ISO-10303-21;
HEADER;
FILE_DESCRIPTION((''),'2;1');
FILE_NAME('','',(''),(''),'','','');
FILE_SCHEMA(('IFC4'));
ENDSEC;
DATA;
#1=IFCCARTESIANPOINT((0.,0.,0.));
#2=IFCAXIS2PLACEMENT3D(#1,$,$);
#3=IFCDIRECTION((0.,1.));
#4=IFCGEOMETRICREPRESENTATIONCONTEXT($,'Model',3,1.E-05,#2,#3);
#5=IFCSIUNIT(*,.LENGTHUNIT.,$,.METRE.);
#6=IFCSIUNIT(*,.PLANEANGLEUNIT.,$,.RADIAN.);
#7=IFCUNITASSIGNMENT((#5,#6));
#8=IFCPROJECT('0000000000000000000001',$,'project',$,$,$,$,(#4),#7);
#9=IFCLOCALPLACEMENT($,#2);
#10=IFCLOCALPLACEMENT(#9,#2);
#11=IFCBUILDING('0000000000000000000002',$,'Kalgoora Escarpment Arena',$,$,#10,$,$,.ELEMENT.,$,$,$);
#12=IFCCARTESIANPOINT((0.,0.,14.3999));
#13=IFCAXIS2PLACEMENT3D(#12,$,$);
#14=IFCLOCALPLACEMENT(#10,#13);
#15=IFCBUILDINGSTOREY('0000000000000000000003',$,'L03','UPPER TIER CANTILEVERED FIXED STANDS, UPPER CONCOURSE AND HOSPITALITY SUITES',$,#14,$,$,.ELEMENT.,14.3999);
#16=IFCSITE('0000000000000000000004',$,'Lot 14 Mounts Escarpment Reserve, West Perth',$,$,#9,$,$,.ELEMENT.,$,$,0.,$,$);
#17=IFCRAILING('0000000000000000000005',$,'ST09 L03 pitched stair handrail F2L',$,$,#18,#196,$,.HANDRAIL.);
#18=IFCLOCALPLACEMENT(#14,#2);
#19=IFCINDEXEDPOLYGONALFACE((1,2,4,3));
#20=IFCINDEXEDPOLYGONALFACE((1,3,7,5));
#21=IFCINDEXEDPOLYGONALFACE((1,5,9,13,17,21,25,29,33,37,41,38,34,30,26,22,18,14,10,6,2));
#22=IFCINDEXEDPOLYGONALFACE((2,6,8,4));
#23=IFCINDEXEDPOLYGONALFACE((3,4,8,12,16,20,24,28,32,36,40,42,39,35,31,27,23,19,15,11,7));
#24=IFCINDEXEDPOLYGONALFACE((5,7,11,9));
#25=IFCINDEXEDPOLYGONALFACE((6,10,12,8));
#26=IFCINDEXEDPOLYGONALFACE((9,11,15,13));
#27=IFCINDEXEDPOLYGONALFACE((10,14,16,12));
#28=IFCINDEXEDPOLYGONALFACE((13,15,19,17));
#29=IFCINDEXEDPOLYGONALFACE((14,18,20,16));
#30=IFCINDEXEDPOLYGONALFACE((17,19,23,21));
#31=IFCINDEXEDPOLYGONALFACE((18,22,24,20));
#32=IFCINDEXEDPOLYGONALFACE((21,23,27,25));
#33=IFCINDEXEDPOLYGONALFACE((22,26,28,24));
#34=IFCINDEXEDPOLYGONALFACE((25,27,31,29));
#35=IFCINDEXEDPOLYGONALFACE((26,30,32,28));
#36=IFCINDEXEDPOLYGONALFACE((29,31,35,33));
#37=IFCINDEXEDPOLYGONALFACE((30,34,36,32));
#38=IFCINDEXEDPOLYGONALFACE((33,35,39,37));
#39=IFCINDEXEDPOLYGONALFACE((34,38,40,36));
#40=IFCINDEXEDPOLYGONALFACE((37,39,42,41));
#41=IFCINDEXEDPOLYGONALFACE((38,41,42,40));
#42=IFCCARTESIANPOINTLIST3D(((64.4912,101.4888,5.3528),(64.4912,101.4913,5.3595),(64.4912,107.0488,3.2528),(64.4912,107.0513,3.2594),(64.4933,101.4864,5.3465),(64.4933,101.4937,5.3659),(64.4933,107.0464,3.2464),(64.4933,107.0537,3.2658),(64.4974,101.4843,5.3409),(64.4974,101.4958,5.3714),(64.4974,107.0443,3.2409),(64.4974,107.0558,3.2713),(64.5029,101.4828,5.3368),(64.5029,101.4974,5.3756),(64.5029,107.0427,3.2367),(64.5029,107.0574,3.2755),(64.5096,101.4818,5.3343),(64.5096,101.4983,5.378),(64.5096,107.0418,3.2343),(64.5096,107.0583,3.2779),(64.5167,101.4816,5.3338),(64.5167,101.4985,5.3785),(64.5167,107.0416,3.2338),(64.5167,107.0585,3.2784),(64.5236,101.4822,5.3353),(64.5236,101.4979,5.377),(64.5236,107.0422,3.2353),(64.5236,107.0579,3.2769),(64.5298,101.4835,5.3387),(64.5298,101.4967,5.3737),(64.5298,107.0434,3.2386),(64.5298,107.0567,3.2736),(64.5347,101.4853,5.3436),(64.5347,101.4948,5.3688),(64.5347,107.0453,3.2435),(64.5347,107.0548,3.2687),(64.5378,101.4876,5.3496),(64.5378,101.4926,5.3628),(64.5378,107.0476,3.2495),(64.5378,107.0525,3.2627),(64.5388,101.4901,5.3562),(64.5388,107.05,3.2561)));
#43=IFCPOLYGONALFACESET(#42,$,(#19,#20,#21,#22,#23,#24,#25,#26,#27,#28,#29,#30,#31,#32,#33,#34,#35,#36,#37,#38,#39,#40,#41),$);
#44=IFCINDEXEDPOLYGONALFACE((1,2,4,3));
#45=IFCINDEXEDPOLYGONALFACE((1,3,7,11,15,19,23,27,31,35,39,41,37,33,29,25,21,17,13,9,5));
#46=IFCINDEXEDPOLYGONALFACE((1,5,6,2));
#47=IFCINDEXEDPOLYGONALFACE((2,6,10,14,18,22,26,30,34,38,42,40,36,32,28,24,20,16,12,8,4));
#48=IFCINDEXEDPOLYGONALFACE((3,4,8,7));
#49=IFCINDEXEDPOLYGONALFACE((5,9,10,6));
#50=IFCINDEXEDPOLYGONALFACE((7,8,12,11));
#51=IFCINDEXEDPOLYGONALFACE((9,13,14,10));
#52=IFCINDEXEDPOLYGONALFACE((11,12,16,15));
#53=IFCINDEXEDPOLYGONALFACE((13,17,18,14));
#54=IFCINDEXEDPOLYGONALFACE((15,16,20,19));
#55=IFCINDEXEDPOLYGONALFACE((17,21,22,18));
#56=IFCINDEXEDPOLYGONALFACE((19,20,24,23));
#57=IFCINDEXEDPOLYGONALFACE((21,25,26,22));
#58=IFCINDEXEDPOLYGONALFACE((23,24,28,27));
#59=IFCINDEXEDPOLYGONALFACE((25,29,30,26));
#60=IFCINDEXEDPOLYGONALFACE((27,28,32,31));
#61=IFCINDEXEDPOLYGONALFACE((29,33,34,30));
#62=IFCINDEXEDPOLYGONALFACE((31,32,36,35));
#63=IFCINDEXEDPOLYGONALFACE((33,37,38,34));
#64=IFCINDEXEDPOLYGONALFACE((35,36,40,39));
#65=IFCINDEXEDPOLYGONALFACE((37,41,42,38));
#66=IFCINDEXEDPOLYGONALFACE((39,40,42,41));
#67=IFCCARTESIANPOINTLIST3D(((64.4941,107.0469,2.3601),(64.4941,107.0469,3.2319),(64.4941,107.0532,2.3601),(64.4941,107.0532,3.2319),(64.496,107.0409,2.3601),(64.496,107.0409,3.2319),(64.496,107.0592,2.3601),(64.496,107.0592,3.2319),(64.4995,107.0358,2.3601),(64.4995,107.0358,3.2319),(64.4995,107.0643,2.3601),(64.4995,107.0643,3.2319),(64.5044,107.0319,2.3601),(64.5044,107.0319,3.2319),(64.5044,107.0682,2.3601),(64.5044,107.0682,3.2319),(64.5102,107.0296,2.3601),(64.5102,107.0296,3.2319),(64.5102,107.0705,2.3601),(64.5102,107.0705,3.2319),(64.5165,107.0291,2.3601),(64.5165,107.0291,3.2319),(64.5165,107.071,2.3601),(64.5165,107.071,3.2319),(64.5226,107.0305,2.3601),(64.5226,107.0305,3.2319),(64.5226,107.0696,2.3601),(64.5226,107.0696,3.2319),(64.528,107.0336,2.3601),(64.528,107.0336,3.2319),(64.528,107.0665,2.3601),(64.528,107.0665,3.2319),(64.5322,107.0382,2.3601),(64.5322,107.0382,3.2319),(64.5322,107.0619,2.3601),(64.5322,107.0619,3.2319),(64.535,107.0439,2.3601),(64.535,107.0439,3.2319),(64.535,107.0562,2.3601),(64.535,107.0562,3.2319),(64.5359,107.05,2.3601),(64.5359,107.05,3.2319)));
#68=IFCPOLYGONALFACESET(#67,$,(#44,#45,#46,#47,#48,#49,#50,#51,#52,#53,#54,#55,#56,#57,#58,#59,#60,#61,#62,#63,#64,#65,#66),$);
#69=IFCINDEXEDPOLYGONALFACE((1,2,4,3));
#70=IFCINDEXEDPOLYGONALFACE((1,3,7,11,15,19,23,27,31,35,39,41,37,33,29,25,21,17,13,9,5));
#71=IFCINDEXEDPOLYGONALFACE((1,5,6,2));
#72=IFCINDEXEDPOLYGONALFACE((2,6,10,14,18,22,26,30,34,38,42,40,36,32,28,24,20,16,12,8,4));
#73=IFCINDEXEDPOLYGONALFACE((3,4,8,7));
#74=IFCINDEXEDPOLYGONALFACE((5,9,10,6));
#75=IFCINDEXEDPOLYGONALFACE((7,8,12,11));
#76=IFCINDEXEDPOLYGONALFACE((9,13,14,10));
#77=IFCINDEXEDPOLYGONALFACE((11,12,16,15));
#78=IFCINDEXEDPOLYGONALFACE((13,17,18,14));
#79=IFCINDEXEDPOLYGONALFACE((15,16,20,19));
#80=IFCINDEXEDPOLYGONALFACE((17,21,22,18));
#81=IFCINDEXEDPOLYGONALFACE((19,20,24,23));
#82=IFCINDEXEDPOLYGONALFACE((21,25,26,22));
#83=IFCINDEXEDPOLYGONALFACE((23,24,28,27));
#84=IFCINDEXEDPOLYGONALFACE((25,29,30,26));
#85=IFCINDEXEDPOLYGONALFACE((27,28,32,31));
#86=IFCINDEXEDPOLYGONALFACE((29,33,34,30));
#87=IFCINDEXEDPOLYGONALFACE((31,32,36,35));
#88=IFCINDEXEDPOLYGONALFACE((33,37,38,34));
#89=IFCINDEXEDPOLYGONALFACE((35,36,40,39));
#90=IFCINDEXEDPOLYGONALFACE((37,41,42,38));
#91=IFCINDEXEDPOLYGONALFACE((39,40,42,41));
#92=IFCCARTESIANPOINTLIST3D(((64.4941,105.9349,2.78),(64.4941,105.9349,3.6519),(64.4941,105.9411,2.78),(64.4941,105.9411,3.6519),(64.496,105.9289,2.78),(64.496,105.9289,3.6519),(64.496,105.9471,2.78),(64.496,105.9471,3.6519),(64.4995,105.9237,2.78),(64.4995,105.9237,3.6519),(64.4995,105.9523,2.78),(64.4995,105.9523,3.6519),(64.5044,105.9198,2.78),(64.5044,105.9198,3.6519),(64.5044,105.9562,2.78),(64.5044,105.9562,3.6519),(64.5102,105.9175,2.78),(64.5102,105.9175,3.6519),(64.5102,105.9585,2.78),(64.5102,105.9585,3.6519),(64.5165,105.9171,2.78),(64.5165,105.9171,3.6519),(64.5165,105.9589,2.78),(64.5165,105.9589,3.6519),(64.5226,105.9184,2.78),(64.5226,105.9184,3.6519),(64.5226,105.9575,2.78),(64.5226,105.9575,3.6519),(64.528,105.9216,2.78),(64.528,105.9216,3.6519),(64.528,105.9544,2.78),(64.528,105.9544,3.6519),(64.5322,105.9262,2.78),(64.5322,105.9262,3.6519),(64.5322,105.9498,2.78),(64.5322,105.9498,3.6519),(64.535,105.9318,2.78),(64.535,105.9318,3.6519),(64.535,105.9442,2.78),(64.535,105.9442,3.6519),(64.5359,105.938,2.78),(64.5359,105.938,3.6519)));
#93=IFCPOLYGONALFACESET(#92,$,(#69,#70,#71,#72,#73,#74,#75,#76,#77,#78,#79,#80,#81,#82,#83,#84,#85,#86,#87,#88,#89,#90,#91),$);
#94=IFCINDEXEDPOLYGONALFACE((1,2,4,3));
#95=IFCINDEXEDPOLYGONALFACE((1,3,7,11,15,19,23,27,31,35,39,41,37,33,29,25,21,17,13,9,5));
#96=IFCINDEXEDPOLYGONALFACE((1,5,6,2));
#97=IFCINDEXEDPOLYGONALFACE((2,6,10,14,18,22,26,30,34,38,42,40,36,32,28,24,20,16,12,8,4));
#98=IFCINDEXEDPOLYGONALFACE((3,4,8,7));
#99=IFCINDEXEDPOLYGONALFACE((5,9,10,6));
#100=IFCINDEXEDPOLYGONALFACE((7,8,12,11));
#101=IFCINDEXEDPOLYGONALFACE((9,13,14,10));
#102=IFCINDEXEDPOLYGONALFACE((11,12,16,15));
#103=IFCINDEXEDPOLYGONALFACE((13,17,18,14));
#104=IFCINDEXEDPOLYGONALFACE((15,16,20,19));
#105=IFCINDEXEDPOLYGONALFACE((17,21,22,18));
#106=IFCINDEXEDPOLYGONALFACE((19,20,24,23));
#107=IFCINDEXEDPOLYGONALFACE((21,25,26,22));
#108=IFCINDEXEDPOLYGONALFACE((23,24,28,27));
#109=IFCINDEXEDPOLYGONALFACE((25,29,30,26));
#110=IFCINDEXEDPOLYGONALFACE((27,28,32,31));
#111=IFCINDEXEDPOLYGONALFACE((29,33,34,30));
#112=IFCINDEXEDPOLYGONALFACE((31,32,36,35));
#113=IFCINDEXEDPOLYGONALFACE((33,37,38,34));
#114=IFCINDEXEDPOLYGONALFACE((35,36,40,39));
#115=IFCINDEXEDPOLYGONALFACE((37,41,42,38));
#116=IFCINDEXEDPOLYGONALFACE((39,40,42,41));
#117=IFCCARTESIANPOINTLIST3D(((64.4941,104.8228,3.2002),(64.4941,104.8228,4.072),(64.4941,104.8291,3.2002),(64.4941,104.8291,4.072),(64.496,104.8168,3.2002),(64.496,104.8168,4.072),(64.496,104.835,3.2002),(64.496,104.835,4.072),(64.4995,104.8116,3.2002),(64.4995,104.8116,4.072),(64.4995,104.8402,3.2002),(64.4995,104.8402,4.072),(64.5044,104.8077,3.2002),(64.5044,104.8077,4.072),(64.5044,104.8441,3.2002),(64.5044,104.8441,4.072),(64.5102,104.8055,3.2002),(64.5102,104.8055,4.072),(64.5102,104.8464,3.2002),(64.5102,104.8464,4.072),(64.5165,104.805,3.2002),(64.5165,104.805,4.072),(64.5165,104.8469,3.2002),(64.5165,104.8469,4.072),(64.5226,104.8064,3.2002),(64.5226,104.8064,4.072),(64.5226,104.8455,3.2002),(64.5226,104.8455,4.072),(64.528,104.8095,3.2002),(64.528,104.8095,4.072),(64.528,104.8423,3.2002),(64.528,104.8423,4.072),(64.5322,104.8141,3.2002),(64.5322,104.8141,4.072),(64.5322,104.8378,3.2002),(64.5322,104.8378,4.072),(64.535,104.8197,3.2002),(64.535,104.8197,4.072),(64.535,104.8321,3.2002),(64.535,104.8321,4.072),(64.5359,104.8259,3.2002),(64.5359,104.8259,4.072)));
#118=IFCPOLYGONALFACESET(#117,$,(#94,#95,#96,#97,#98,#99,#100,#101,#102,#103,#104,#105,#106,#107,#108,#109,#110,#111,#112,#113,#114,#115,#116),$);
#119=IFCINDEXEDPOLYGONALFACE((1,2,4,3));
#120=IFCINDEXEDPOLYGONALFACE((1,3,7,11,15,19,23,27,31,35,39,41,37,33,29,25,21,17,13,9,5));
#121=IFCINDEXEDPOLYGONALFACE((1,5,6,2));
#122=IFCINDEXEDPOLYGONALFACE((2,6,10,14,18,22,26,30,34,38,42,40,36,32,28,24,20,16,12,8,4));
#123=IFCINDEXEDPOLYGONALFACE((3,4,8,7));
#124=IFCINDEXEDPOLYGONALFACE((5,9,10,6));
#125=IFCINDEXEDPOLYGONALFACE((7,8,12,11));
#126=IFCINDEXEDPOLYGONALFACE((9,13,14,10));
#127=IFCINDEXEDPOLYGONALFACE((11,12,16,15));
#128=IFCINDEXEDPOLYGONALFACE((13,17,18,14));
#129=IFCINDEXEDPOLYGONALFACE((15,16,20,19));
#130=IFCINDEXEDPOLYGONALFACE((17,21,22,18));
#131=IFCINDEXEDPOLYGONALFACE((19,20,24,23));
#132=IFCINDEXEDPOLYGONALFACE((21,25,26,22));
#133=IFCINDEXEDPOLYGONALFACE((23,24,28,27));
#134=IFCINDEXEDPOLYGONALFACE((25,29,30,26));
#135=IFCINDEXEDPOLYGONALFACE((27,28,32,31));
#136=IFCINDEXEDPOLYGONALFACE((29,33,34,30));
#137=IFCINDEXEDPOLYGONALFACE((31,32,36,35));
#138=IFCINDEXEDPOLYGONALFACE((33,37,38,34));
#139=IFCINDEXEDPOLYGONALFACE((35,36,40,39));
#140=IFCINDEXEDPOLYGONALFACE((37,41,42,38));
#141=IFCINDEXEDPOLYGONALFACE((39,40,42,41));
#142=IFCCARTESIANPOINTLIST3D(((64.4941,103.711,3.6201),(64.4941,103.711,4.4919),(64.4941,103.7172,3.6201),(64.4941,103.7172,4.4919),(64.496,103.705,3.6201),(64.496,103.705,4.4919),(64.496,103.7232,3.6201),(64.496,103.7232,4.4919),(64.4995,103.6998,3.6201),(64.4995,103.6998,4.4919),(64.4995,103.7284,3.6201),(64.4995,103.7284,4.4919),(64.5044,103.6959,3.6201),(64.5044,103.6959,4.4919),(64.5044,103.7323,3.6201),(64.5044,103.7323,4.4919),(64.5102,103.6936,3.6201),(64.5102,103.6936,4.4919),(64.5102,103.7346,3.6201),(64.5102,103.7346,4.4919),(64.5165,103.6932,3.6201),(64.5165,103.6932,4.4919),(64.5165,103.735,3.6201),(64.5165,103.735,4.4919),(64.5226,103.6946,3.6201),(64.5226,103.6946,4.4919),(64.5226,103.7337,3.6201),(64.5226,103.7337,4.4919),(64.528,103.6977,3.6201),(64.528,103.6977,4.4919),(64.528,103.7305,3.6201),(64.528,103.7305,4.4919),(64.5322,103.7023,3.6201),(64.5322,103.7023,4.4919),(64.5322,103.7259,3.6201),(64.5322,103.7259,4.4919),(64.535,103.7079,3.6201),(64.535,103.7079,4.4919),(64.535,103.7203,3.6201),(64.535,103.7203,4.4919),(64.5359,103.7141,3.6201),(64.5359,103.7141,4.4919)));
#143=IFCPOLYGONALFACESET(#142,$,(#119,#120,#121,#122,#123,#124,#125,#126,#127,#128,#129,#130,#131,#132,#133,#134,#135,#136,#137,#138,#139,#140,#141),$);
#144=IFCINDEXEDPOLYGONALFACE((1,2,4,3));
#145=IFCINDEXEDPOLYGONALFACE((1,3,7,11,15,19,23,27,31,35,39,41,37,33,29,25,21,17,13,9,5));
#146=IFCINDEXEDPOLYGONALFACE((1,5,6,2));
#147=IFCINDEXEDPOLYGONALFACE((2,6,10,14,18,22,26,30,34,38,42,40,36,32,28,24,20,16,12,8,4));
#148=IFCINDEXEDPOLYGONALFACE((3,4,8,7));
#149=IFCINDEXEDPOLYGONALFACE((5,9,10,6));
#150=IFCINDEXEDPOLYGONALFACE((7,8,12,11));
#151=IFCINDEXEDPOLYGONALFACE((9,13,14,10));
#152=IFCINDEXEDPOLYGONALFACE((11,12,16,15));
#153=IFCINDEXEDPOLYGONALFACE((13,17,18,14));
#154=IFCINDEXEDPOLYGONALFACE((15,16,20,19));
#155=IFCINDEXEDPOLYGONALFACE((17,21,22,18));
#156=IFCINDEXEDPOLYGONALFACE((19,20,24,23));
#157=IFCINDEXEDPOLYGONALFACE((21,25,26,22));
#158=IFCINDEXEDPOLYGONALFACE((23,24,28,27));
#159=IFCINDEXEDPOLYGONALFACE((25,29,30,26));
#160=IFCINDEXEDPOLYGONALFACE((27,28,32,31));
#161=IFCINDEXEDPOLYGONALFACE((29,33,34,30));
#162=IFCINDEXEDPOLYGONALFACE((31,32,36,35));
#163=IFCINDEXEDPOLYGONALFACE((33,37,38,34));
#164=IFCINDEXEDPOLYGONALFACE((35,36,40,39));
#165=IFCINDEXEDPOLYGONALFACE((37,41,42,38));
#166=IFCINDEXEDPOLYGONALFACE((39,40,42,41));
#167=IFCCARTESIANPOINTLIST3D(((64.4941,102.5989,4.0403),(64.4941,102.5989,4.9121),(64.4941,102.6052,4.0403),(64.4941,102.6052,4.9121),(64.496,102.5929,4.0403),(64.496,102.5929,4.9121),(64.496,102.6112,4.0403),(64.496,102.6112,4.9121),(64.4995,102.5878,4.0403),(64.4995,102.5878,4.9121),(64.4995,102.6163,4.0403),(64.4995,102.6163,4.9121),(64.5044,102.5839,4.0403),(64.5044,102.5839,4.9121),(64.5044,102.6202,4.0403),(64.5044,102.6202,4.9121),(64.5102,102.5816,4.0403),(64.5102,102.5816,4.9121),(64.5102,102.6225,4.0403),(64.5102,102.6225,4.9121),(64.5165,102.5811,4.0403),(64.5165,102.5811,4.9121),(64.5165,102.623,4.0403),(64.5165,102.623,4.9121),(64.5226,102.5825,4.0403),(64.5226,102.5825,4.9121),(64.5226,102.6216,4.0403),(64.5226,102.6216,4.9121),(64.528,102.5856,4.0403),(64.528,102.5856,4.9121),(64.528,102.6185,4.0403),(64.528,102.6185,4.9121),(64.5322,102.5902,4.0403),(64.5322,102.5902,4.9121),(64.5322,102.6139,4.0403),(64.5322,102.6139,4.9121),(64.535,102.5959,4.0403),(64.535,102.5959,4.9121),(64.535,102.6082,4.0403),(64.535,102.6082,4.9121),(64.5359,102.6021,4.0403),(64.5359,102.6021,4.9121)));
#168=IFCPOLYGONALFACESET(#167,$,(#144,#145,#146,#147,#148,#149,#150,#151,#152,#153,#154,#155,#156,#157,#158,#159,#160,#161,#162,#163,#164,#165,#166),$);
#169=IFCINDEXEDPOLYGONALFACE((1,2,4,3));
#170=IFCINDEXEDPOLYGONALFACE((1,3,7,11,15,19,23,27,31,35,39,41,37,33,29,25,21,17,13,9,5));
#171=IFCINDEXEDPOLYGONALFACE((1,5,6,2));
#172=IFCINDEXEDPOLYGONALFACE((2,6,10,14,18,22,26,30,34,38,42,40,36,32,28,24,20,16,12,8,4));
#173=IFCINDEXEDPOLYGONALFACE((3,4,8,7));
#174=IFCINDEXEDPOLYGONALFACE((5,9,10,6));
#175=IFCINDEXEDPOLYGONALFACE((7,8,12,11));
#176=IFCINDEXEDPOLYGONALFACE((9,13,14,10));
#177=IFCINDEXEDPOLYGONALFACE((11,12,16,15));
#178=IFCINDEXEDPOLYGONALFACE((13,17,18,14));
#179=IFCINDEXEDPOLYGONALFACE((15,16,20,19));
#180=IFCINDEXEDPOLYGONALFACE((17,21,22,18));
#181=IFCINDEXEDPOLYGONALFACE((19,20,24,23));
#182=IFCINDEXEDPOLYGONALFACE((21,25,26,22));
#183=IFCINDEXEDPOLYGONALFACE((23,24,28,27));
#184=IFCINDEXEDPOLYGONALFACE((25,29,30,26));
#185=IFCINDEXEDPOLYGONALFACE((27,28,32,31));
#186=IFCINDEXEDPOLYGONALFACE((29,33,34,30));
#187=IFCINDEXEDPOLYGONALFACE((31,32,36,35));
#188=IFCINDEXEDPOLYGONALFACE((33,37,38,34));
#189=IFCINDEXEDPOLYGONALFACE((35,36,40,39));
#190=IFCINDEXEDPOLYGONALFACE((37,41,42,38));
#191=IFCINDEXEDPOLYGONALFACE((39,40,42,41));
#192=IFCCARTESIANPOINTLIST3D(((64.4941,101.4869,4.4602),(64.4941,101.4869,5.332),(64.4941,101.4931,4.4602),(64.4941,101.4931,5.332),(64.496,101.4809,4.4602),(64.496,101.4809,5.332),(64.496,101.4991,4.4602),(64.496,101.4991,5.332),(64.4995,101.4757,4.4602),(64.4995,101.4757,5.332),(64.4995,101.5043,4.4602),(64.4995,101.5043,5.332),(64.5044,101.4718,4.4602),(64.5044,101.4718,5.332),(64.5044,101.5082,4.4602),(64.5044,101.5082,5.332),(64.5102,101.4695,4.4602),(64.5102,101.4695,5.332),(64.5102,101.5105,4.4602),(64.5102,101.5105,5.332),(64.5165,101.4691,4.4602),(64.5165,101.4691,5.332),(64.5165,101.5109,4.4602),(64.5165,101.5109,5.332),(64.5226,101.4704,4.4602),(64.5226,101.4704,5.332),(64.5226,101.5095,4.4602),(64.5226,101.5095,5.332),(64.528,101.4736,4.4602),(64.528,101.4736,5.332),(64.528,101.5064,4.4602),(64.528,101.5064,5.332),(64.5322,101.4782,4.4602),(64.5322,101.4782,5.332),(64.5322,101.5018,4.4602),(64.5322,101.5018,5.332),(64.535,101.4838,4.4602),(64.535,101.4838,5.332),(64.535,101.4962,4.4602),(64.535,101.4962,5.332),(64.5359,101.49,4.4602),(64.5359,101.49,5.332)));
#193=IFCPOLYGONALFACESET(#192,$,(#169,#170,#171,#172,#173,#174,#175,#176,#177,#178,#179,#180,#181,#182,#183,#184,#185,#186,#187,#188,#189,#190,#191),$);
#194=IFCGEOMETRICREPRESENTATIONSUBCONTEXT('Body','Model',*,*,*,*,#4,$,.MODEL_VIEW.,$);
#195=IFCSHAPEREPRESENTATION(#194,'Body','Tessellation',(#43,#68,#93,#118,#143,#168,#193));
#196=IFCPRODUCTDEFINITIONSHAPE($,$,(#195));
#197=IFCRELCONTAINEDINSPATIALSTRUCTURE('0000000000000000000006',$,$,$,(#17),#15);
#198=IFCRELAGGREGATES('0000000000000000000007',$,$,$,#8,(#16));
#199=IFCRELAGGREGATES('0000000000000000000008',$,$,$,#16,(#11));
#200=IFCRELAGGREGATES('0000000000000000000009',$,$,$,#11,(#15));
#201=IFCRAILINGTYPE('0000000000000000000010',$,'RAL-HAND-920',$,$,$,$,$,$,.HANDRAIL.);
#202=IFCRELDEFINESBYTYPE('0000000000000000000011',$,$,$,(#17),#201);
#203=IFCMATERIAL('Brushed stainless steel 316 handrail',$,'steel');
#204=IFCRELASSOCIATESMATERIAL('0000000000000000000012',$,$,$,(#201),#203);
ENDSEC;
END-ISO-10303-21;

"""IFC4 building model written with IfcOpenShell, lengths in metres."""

from ifc_helpers import new_model, si_unit, direction, frame, origin, origin_2d, place, context, subcontext, project, spatial, circle, extrude, material, type_object, element, save


model = new_model("IFC4")

# Units and contexts
model_context = context("Model", 3, precision=1e-05, world=origin(), true_north=direction((0.0, 1.0)))
body_context = subcontext(model_context, "Body", "Model", "MODEL_VIEW")
ifc_project = project(units=[si_unit("LENGTHUNIT", "METRE"), si_unit("PLANEANGLEUNIT", "RADIAN")], contexts=[model_context])

# Site, building, storey
site_placement = place(None, origin())
site = spatial("IfcSite", under=ifc_project, at=site_placement, Name="Lot 14 Mounts Escarpment Reserve, West Perth", CompositionType="ELEMENT", RefElevation=0.0)
building_placement = place(site_placement, origin())
building = spatial("IfcBuilding", under=site, at=building_placement, Name="Kalgoora Escarpment Arena", CompositionType="ELEMENT")
storey_placement = place(building_placement, frame((0.0, 0.0, 14.3999)))
storey = spatial("IfcBuildingStorey", under=building, at=storey_placement, Name="L03", Description="UPPER TIER CANTILEVERED FIXED STANDS, UPPER CONCOURSE AND HOSPITALITY SUITES", CompositionType="ELEMENT", Elevation=14.3999)

# Railing
ifc_material_1 = material(Name="Brushed stainless steel 316 handrail", Category="steel")
railing_type_1 = type_object("IfcRailingType", Name="RAL-HAND-920", PredefinedType="HANDRAIL", material=ifc_material_1)
for number, where, name in (
    (1, (64.5149, 107.05, 2.3601), "ST09 L03 pitched stair handrail F2L"),
):
    element("IfcRailing", number, at=place(storey_placement, frame(where)), inside=storey, type_object=railing_type_1, Name=name, PredefinedType="HANDRAIL", context=body_context, shape_type="SweptSolid", body=[
        extrude(circle(Radius=0.0239, at=origin_2d()), frame((0.0, 0.0, 0.896), z_axis=(0.0, -0.935493, 0.353346), x_axis=(1.0, 0.0, 0.0)), (0.0, 0.0, 1.0), 5.9434),
        extrude(circle(Radius=0.021, at=origin_2d()), origin(), (0.0, 0.0, 1.0), 0.8718),
        extrude(circle(Radius=0.021, at=origin_2d()), frame((0.0, -1.1121, 0.4199)), (0.0, 0.0, 1.0), 0.8718),
        extrude(circle(Radius=0.021, at=origin_2d()), frame((0.0, -2.2241, 0.8401)), (0.0, 0.0, 1.0), 0.8718),
        extrude(circle(Radius=0.021, at=origin_2d()), frame((0.0, -3.3359, 1.26)), (0.0, 0.0, 1.0), 0.8718),
        extrude(circle(Radius=0.021, at=origin_2d()), frame((0.0, -4.448, 1.6802)), (0.0, 0.0, 1.0), 0.8718),
        extrude(circle(Radius=0.021, at=origin_2d()), frame((0.0, -5.5601, 2.1001)), (0.0, 0.0, 1.0), 0.8718),
    ])

save(model, "model.ifc")
